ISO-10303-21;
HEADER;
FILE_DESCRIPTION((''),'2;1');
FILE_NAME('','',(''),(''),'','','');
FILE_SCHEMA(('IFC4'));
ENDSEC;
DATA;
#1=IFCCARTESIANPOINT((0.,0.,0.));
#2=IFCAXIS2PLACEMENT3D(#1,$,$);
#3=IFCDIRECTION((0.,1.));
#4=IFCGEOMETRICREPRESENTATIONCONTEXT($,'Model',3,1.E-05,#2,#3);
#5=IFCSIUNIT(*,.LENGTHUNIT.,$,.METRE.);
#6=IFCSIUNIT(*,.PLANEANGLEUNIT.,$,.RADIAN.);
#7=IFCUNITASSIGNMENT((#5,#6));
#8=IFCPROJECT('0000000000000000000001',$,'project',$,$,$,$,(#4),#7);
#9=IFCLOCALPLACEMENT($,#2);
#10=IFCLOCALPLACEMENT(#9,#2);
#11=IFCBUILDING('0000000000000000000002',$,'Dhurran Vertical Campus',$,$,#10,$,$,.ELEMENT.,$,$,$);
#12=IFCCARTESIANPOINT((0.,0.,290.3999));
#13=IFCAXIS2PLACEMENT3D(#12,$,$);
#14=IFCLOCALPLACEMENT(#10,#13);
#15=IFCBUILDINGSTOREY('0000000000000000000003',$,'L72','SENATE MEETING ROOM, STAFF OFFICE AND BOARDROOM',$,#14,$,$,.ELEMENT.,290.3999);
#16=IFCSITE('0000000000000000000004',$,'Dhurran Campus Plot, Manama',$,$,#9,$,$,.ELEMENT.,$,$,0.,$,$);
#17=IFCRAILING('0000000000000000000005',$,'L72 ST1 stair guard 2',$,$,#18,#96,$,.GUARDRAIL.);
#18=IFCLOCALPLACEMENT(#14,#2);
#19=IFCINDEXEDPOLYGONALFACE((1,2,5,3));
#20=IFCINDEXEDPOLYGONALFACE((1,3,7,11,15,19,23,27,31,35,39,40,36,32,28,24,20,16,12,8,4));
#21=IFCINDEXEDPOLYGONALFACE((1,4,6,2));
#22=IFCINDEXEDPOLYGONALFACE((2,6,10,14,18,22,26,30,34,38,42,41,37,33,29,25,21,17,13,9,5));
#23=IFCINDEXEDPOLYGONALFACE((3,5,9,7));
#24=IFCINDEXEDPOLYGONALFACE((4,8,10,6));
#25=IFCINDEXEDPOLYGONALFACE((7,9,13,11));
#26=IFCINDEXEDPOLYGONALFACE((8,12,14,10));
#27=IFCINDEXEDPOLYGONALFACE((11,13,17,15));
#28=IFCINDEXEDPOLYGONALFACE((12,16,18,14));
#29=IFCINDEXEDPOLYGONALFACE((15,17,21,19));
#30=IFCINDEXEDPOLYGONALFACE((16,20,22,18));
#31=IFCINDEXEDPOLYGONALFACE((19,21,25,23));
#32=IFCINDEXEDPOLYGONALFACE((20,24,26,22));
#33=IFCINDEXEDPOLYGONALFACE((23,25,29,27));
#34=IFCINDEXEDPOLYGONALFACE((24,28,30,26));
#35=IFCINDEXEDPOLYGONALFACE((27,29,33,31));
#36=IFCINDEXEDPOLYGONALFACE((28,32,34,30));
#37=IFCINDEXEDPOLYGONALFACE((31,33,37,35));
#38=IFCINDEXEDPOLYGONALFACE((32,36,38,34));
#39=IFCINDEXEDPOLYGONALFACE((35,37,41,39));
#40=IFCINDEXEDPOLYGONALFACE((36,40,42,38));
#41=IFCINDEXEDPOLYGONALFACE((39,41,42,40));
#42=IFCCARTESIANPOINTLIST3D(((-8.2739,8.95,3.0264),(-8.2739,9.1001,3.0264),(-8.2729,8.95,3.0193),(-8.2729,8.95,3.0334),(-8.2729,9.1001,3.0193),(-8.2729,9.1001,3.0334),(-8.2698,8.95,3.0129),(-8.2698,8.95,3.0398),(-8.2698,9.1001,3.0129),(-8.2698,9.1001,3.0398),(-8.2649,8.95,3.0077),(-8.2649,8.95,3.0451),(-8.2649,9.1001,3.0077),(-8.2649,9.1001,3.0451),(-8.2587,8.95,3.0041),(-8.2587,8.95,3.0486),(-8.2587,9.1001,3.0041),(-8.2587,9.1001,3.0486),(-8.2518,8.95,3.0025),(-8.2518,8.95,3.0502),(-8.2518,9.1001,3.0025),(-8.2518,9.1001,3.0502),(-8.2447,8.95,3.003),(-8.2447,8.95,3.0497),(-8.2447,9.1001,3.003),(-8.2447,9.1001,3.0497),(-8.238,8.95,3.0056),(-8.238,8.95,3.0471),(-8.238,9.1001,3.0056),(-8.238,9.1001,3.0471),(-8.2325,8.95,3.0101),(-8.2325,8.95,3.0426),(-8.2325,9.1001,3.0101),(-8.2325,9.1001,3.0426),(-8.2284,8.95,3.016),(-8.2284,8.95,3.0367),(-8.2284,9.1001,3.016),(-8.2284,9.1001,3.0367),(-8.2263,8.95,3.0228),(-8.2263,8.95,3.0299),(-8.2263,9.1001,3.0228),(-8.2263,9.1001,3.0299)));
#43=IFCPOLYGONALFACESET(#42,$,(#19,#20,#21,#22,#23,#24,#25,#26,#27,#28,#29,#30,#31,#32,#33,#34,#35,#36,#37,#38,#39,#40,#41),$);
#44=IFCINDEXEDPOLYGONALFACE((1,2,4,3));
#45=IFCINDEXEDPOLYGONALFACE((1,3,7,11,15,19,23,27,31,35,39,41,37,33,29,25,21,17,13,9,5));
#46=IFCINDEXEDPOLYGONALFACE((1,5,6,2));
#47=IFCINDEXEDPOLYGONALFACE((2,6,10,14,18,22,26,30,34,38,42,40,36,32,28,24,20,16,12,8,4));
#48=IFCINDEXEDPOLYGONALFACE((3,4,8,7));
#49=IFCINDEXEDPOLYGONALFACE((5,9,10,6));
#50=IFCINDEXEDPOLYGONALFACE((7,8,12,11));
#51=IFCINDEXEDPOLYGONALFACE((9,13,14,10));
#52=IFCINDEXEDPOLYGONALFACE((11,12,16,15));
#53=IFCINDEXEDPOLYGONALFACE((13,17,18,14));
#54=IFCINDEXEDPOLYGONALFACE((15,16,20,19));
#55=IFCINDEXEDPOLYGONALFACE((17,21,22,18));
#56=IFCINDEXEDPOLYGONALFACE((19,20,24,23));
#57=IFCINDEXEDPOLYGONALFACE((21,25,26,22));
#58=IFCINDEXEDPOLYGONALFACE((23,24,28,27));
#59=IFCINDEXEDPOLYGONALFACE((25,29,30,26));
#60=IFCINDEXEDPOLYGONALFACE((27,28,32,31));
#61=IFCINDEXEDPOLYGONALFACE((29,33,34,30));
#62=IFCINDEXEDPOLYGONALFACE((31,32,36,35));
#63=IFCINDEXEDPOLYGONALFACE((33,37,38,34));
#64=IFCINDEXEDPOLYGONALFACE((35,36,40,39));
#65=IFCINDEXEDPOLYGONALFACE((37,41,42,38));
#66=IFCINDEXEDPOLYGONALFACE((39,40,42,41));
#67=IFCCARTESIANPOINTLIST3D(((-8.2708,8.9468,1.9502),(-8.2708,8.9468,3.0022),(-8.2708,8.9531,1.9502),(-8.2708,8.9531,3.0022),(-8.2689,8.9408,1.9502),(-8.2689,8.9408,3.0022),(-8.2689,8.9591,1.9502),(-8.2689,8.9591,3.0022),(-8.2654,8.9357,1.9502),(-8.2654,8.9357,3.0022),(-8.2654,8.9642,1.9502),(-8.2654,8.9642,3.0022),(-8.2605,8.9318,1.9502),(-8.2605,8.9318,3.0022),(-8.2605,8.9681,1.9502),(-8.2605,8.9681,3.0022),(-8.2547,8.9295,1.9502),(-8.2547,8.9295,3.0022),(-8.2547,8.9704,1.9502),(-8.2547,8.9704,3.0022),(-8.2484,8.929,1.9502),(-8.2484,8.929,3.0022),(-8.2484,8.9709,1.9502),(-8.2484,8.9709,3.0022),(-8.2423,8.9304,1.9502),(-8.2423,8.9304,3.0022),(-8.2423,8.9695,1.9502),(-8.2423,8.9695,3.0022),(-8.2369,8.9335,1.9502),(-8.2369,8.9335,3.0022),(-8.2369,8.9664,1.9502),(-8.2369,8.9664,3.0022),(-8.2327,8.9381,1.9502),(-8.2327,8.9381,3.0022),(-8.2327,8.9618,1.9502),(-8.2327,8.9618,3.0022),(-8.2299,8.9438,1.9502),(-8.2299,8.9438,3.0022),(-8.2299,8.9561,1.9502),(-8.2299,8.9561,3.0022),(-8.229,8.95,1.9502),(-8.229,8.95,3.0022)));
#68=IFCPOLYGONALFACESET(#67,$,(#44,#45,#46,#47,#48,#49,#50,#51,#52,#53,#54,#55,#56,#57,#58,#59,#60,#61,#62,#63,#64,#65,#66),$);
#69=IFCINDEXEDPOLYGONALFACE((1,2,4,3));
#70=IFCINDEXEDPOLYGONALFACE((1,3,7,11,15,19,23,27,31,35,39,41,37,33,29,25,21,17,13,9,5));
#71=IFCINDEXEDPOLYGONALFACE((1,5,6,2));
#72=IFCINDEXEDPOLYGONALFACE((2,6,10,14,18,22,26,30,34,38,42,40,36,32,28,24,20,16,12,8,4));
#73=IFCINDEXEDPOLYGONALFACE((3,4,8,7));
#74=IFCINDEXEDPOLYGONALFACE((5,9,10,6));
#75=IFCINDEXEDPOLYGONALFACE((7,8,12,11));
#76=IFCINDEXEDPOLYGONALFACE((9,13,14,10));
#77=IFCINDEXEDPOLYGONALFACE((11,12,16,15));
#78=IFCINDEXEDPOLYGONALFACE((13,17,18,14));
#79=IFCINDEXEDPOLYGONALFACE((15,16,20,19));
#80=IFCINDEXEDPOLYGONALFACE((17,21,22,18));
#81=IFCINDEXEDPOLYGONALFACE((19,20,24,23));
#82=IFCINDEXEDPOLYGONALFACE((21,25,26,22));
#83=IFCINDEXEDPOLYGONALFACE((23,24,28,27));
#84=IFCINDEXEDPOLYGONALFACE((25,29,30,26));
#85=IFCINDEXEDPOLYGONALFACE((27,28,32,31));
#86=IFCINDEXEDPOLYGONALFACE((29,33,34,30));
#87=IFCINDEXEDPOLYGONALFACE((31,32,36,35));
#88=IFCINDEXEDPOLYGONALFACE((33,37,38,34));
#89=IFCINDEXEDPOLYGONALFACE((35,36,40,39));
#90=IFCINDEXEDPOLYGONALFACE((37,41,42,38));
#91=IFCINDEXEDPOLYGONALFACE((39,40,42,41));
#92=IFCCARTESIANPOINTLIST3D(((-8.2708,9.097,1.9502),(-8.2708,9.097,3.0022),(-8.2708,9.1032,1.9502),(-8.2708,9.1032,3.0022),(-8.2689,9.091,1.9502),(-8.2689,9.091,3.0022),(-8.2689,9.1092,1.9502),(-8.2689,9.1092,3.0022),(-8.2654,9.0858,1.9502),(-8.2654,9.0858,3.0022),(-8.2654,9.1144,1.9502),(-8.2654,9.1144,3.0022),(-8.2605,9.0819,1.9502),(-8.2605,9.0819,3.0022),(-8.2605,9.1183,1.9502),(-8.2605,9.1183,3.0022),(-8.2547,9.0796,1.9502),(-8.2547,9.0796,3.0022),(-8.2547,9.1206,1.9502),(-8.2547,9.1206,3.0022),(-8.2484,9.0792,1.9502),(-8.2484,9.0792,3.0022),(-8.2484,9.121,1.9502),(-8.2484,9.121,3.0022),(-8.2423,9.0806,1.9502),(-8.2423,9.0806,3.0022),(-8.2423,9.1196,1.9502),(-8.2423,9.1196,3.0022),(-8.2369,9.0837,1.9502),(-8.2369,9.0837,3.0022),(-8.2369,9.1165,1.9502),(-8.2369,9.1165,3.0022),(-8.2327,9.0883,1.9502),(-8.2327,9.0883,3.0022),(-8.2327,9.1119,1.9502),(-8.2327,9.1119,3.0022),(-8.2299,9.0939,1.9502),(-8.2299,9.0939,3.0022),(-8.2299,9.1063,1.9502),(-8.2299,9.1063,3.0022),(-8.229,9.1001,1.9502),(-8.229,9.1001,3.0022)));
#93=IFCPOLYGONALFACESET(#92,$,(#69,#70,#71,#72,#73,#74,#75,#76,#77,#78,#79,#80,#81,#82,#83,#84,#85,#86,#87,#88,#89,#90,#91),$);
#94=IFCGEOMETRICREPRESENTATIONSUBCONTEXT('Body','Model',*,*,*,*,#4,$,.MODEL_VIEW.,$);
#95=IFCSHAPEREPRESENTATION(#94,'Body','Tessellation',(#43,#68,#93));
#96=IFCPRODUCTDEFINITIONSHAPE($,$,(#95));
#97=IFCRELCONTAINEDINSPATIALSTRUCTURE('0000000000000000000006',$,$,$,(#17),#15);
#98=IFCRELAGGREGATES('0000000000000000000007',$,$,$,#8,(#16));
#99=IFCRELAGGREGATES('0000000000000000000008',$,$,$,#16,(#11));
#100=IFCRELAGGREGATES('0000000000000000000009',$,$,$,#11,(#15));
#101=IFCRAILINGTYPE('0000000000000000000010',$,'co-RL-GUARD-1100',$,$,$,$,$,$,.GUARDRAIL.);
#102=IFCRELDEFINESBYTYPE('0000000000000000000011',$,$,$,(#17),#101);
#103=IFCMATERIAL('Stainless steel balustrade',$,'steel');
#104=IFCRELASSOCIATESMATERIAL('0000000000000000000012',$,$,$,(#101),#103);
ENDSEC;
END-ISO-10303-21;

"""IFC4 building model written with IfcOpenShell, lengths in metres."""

from ifc_helpers import new_model, si_unit, direction, frame, origin, origin_2d, place, context, subcontext, project, spatial, circle, extrude, material, type_object, element, save


model = new_model("IFC4")

# Units and contexts
model_context = context("Model", 3, precision=1e-05, world=origin(), true_north=direction((0.0, 1.0)))
body_context = subcontext(model_context, "Body", "Model", "MODEL_VIEW")
ifc_project = project(units=[si_unit("LENGTHUNIT", "METRE"), si_unit("PLANEANGLEUNIT", "RADIAN")], contexts=[model_context])

# Site, building, storey
site_placement = place(None, origin())
site = spatial("IfcSite", under=ifc_project, at=site_placement, Name="Dhurran Campus Plot, Manama", CompositionType="ELEMENT", RefElevation=0.0)
building_placement = place(site_placement, origin())
building = spatial("IfcBuilding", under=site, at=building_placement, Name="Dhurran Vertical Campus", CompositionType="ELEMENT")
storey_placement = place(building_placement, frame((0.0, 0.0, 290.3999)))
storey = spatial("IfcBuildingStorey", under=building, at=storey_placement, Name="L72", Description="SENATE MEETING ROOM, STAFF OFFICE AND BOARDROOM", CompositionType="ELEMENT", Elevation=290.3999)

# Railing
ifc_material_1 = material(Name="Stainless steel balustrade", Category="steel")
railing_type_1 = type_object("IfcRailingType", Name="co-RL-GUARD-1100", PredefinedType="GUARDRAIL", material=ifc_material_1)
railing_1_placement = place(storey_placement, frame((-8.25, 8.95, 1.9502)))
element("IfcRailing", 1, at=railing_1_placement, inside=storey, type_object=railing_type_1, Name="L72 ST1 stair guard 2", PredefinedType="GUARDRAIL", context=body_context, shape_type="SweptSolid", body=[
    extrude(circle(Radius=0.0239, at=origin_2d()), frame((0.0, 0.0, 1.0762), z_axis=(0.0, 1.0, 0.0), x_axis=(-1.0, 0.0, 0.0)), (0.0, 0.0, 1.0), 0.1501),
    extrude(circle(Radius=0.021, at=origin_2d()), origin(), (0.0, 0.0, 1.0), 1.052),
    extrude(circle(Radius=0.021, at=origin_2d()), frame((0.0, 0.1501, 0.0)), (0.0, 0.0, 1.0), 1.052),
])

save(model, "model.ifc")
